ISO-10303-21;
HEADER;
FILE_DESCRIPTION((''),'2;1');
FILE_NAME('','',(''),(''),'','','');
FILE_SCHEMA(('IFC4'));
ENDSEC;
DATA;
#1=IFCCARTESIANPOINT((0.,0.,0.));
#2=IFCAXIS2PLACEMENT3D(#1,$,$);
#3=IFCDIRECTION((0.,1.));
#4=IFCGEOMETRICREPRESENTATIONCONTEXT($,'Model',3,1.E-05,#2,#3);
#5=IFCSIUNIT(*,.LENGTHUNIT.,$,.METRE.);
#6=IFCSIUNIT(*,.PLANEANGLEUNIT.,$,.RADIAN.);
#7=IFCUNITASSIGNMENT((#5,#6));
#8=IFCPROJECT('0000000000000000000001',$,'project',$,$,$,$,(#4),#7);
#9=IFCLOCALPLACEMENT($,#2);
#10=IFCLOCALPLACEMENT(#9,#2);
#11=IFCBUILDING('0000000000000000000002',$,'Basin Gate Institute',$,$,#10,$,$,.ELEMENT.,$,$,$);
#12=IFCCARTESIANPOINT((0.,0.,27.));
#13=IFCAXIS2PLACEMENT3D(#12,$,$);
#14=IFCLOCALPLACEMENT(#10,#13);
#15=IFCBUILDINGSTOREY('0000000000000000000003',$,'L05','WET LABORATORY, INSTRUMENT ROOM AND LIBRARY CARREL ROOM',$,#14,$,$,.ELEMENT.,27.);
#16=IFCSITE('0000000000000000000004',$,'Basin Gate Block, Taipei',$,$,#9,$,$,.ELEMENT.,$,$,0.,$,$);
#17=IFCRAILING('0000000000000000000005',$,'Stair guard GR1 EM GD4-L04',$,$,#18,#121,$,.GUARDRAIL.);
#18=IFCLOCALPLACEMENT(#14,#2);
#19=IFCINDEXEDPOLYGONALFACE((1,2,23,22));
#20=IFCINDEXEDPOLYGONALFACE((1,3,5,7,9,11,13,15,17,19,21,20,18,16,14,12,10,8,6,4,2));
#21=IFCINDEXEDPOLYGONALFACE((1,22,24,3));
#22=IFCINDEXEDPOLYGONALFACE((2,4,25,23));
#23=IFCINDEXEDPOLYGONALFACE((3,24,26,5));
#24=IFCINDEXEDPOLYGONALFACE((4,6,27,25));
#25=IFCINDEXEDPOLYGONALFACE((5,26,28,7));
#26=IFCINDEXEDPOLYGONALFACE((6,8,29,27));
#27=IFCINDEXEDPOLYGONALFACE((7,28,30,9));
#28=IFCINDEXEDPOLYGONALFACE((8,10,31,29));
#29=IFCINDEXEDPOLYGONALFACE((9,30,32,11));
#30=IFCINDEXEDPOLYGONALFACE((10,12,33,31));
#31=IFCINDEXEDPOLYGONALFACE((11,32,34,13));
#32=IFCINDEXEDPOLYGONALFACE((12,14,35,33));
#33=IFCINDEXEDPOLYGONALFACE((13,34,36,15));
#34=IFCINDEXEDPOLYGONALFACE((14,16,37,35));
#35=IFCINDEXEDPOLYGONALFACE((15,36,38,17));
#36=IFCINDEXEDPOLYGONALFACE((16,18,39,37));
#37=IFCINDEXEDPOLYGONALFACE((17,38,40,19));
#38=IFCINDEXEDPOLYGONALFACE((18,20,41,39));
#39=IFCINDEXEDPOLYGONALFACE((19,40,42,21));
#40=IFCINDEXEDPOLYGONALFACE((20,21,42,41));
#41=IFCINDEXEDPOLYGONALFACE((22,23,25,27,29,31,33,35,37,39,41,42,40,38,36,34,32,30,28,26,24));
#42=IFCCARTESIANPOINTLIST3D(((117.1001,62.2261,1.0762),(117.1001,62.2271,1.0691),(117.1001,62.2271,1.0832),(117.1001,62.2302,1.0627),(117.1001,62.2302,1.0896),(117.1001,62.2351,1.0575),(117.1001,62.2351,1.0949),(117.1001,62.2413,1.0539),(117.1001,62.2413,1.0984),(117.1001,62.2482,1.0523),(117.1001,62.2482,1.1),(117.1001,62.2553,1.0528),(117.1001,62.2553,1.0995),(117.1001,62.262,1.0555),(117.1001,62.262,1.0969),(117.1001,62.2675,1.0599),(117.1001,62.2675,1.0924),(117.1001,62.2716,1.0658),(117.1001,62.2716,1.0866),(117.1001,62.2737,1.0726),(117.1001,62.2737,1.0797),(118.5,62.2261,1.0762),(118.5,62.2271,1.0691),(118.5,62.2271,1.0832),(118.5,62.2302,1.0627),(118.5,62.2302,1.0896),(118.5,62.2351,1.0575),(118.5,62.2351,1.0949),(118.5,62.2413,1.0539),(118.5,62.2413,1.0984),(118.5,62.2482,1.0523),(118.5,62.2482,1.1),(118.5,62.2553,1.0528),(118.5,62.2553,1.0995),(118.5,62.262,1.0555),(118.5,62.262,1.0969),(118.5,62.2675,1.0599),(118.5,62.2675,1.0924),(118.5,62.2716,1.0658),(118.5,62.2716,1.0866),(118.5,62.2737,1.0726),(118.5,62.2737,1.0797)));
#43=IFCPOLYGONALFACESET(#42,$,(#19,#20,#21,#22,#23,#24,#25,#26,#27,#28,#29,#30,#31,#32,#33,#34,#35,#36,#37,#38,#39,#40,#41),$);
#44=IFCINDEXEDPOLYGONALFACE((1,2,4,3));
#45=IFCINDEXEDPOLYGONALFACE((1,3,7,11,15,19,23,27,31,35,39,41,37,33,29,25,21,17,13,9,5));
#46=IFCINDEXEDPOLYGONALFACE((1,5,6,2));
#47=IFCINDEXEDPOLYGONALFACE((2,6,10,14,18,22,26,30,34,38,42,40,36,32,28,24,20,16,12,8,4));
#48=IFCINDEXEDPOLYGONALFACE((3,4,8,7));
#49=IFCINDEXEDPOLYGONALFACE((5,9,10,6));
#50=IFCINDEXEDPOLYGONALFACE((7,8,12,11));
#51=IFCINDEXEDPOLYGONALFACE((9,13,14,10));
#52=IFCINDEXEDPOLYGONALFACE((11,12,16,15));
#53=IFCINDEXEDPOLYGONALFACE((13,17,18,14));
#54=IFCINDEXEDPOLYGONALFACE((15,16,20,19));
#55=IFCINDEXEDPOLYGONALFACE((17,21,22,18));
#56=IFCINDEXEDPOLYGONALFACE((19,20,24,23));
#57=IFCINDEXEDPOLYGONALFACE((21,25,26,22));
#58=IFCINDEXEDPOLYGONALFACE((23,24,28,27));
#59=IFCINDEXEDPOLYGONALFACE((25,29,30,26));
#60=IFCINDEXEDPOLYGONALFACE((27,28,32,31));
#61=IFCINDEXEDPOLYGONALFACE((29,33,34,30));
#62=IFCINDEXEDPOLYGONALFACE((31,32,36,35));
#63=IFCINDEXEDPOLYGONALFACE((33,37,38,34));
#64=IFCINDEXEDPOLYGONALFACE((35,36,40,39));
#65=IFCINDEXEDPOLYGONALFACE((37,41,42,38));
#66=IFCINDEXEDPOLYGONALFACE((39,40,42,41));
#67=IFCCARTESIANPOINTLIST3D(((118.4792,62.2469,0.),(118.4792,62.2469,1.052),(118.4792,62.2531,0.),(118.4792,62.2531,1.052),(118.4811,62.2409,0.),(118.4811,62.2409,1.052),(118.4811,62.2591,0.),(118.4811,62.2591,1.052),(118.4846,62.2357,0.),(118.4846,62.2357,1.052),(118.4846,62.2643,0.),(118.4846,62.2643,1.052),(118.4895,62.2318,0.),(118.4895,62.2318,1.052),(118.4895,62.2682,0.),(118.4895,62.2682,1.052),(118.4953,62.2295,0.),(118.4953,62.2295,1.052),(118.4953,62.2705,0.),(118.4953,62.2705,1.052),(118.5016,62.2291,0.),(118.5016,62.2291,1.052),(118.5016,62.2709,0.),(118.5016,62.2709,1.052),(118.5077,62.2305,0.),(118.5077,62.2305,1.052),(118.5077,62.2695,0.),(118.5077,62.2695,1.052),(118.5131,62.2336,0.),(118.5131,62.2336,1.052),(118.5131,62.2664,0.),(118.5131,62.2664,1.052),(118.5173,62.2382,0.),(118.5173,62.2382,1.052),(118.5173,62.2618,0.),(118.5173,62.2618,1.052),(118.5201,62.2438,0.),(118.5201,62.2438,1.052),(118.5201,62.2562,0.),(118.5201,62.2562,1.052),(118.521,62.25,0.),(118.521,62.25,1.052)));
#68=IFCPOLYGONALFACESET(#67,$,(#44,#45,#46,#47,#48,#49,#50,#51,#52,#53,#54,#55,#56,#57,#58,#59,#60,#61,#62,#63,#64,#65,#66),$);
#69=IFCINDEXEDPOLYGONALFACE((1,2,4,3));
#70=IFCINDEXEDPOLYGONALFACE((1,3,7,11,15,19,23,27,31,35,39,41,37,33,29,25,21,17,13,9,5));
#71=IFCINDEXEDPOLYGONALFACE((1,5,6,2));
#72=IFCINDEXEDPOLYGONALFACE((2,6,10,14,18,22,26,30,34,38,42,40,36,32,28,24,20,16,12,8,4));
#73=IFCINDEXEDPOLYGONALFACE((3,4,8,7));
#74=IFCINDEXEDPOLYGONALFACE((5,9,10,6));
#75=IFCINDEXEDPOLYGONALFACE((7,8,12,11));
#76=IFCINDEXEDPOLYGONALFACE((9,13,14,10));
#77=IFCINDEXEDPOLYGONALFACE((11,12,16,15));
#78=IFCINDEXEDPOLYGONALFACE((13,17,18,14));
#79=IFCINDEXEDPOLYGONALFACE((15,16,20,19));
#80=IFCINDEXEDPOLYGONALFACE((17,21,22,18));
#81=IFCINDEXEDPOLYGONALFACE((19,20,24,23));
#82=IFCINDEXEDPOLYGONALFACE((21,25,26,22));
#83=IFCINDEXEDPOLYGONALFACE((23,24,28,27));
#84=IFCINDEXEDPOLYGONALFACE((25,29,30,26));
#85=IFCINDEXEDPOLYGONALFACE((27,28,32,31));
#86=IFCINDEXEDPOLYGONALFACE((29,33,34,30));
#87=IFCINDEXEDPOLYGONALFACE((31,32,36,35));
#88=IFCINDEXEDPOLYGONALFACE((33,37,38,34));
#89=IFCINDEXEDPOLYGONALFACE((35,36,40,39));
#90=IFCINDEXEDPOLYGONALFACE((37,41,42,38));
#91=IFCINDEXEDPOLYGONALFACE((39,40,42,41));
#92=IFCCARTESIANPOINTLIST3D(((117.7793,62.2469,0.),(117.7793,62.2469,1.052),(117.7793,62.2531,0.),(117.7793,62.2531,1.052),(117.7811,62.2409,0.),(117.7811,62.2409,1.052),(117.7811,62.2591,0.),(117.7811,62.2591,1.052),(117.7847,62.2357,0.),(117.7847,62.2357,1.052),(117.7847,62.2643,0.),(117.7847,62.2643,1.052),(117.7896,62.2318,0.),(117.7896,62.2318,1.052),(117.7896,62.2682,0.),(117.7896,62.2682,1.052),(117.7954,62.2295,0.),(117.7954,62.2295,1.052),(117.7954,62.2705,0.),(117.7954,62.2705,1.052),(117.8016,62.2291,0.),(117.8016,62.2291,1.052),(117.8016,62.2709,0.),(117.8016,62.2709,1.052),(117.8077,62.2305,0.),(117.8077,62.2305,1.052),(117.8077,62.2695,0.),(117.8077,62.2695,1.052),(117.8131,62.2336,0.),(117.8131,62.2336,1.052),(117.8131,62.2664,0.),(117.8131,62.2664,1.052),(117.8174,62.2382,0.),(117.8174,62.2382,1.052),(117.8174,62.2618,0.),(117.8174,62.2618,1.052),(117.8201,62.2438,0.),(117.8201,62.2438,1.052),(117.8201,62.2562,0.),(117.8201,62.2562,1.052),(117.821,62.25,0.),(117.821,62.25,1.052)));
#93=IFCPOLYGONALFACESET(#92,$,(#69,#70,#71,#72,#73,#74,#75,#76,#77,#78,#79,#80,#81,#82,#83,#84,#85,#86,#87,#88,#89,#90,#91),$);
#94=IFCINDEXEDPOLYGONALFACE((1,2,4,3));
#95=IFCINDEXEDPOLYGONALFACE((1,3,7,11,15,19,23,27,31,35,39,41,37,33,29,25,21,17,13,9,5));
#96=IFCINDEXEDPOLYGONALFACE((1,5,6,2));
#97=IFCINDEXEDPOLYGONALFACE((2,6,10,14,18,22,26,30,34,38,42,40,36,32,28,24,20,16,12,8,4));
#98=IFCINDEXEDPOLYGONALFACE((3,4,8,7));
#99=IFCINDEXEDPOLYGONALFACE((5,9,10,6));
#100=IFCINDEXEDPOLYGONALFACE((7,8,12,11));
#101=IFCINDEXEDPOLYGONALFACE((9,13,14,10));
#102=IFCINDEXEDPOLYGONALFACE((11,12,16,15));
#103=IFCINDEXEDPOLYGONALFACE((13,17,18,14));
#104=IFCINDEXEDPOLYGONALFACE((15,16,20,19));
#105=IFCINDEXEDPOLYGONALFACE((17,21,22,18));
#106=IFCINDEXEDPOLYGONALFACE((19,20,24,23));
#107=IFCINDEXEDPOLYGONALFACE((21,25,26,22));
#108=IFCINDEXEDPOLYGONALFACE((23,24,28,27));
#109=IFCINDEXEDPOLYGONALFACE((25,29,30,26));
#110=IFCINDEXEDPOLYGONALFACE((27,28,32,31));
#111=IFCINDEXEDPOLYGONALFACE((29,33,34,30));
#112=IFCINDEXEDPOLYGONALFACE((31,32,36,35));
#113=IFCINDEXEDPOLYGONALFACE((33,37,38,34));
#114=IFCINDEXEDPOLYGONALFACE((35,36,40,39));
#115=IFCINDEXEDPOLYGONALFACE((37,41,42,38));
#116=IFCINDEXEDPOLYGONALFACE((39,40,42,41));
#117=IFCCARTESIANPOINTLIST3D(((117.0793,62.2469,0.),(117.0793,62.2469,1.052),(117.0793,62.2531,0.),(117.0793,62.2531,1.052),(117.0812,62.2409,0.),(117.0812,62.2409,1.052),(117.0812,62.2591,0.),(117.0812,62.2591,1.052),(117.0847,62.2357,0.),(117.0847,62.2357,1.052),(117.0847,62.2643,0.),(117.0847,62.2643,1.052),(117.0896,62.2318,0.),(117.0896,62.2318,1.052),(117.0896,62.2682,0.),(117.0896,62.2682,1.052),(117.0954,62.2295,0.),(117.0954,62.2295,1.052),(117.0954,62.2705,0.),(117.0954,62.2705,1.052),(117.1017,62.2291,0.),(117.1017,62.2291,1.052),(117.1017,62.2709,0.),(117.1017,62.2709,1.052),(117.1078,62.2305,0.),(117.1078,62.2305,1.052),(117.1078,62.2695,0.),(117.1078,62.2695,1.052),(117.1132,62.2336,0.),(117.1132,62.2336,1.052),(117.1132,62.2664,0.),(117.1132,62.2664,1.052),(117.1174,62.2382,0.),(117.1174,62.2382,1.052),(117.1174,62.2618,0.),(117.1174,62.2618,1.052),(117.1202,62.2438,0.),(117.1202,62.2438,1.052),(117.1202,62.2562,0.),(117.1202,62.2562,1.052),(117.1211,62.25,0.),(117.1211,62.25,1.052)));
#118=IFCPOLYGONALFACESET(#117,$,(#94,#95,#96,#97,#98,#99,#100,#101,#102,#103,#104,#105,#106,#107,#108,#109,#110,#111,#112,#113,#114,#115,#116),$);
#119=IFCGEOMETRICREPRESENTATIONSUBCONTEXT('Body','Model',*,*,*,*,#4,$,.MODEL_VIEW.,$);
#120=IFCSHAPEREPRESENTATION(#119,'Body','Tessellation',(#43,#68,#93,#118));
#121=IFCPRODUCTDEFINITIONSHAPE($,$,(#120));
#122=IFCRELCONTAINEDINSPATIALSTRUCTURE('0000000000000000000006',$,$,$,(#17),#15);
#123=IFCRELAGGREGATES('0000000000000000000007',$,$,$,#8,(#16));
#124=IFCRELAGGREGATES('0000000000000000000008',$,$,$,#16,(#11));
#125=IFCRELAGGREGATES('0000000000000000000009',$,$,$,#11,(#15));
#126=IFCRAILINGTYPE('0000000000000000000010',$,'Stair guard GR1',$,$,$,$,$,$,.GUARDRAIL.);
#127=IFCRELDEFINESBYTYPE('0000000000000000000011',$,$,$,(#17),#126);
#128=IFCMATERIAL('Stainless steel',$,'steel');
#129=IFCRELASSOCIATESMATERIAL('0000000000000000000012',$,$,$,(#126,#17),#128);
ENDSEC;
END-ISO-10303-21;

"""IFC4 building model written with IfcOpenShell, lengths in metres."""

from ifc_helpers import new_model, si_unit, direction, frame, origin, origin_2d, place, context, subcontext, project, spatial, circle, extrude, material, type_object, element, save


model = new_model("IFC4")

# Units and contexts
model_context = context("Model", 3, precision=1e-05, world=origin(), true_north=direction((0.0, 1.0)))
body_context = subcontext(model_context, "Body", "Model", "MODEL_VIEW")
ifc_project = project(units=[si_unit("LENGTHUNIT", "METRE"), si_unit("PLANEANGLEUNIT", "RADIAN")], contexts=[model_context])

# Site, building, storey
site_placement = place(None, origin())
site = spatial("IfcSite", under=ifc_project, at=site_placement, Name="Basin Gate Block, Taipei", CompositionType="ELEMENT", RefElevation=0.0)
building_placement = place(site_placement, origin())
building = spatial("IfcBuilding", under=site, at=building_placement, Name="Basin Gate Institute", CompositionType="ELEMENT")
storey_placement = place(building_placement, frame((0.0, 0.0, 27.0)))
storey = spatial("IfcBuildingStorey", under=building, at=storey_placement, Name="L05", Description="WET LABORATORY, INSTRUMENT ROOM AND LIBRARY CARREL ROOM", CompositionType="ELEMENT", Elevation=27.0)

# Railing
ifc_material_1 = material(Name="Stainless steel", Category="steel")
railing_type_1 = type_object("IfcRailingType", Name="Stair guard GR1", PredefinedType="GUARDRAIL", material=ifc_material_1)
railing_1_placement = place(storey_placement, frame((118.5, 62.25, 0.0)))
element("IfcRailing", 1, at=railing_1_placement, inside=storey, type_object=railing_type_1, material=ifc_material_1, Name="Stair guard GR1 EM GD4-L04", PredefinedType="GUARDRAIL", context=body_context, shape_type="SweptSolid", body=[
    extrude(circle(Radius=0.0239, at=origin_2d()), frame((0.0, 0.0, 1.0762), z_axis=(-1.0, 0.0, 0.0), x_axis=(0.0, -1.0, 0.0)), (0.0, 0.0, 1.0), 1.3999),
    extrude(circle(Radius=0.021, at=origin_2d()), origin(), (0.0, 0.0, 1.0), 1.052),
    extrude(circle(Radius=0.021, at=origin_2d()), frame((-0.7, 0.0, 0.0)), (0.0, 0.0, 1.0), 1.052),
    extrude(circle(Radius=0.021, at=origin_2d()), frame((-1.3999, 0.0, 0.0)), (0.0, 0.0, 1.0), 1.052),
])

save(model, "model.ifc")
